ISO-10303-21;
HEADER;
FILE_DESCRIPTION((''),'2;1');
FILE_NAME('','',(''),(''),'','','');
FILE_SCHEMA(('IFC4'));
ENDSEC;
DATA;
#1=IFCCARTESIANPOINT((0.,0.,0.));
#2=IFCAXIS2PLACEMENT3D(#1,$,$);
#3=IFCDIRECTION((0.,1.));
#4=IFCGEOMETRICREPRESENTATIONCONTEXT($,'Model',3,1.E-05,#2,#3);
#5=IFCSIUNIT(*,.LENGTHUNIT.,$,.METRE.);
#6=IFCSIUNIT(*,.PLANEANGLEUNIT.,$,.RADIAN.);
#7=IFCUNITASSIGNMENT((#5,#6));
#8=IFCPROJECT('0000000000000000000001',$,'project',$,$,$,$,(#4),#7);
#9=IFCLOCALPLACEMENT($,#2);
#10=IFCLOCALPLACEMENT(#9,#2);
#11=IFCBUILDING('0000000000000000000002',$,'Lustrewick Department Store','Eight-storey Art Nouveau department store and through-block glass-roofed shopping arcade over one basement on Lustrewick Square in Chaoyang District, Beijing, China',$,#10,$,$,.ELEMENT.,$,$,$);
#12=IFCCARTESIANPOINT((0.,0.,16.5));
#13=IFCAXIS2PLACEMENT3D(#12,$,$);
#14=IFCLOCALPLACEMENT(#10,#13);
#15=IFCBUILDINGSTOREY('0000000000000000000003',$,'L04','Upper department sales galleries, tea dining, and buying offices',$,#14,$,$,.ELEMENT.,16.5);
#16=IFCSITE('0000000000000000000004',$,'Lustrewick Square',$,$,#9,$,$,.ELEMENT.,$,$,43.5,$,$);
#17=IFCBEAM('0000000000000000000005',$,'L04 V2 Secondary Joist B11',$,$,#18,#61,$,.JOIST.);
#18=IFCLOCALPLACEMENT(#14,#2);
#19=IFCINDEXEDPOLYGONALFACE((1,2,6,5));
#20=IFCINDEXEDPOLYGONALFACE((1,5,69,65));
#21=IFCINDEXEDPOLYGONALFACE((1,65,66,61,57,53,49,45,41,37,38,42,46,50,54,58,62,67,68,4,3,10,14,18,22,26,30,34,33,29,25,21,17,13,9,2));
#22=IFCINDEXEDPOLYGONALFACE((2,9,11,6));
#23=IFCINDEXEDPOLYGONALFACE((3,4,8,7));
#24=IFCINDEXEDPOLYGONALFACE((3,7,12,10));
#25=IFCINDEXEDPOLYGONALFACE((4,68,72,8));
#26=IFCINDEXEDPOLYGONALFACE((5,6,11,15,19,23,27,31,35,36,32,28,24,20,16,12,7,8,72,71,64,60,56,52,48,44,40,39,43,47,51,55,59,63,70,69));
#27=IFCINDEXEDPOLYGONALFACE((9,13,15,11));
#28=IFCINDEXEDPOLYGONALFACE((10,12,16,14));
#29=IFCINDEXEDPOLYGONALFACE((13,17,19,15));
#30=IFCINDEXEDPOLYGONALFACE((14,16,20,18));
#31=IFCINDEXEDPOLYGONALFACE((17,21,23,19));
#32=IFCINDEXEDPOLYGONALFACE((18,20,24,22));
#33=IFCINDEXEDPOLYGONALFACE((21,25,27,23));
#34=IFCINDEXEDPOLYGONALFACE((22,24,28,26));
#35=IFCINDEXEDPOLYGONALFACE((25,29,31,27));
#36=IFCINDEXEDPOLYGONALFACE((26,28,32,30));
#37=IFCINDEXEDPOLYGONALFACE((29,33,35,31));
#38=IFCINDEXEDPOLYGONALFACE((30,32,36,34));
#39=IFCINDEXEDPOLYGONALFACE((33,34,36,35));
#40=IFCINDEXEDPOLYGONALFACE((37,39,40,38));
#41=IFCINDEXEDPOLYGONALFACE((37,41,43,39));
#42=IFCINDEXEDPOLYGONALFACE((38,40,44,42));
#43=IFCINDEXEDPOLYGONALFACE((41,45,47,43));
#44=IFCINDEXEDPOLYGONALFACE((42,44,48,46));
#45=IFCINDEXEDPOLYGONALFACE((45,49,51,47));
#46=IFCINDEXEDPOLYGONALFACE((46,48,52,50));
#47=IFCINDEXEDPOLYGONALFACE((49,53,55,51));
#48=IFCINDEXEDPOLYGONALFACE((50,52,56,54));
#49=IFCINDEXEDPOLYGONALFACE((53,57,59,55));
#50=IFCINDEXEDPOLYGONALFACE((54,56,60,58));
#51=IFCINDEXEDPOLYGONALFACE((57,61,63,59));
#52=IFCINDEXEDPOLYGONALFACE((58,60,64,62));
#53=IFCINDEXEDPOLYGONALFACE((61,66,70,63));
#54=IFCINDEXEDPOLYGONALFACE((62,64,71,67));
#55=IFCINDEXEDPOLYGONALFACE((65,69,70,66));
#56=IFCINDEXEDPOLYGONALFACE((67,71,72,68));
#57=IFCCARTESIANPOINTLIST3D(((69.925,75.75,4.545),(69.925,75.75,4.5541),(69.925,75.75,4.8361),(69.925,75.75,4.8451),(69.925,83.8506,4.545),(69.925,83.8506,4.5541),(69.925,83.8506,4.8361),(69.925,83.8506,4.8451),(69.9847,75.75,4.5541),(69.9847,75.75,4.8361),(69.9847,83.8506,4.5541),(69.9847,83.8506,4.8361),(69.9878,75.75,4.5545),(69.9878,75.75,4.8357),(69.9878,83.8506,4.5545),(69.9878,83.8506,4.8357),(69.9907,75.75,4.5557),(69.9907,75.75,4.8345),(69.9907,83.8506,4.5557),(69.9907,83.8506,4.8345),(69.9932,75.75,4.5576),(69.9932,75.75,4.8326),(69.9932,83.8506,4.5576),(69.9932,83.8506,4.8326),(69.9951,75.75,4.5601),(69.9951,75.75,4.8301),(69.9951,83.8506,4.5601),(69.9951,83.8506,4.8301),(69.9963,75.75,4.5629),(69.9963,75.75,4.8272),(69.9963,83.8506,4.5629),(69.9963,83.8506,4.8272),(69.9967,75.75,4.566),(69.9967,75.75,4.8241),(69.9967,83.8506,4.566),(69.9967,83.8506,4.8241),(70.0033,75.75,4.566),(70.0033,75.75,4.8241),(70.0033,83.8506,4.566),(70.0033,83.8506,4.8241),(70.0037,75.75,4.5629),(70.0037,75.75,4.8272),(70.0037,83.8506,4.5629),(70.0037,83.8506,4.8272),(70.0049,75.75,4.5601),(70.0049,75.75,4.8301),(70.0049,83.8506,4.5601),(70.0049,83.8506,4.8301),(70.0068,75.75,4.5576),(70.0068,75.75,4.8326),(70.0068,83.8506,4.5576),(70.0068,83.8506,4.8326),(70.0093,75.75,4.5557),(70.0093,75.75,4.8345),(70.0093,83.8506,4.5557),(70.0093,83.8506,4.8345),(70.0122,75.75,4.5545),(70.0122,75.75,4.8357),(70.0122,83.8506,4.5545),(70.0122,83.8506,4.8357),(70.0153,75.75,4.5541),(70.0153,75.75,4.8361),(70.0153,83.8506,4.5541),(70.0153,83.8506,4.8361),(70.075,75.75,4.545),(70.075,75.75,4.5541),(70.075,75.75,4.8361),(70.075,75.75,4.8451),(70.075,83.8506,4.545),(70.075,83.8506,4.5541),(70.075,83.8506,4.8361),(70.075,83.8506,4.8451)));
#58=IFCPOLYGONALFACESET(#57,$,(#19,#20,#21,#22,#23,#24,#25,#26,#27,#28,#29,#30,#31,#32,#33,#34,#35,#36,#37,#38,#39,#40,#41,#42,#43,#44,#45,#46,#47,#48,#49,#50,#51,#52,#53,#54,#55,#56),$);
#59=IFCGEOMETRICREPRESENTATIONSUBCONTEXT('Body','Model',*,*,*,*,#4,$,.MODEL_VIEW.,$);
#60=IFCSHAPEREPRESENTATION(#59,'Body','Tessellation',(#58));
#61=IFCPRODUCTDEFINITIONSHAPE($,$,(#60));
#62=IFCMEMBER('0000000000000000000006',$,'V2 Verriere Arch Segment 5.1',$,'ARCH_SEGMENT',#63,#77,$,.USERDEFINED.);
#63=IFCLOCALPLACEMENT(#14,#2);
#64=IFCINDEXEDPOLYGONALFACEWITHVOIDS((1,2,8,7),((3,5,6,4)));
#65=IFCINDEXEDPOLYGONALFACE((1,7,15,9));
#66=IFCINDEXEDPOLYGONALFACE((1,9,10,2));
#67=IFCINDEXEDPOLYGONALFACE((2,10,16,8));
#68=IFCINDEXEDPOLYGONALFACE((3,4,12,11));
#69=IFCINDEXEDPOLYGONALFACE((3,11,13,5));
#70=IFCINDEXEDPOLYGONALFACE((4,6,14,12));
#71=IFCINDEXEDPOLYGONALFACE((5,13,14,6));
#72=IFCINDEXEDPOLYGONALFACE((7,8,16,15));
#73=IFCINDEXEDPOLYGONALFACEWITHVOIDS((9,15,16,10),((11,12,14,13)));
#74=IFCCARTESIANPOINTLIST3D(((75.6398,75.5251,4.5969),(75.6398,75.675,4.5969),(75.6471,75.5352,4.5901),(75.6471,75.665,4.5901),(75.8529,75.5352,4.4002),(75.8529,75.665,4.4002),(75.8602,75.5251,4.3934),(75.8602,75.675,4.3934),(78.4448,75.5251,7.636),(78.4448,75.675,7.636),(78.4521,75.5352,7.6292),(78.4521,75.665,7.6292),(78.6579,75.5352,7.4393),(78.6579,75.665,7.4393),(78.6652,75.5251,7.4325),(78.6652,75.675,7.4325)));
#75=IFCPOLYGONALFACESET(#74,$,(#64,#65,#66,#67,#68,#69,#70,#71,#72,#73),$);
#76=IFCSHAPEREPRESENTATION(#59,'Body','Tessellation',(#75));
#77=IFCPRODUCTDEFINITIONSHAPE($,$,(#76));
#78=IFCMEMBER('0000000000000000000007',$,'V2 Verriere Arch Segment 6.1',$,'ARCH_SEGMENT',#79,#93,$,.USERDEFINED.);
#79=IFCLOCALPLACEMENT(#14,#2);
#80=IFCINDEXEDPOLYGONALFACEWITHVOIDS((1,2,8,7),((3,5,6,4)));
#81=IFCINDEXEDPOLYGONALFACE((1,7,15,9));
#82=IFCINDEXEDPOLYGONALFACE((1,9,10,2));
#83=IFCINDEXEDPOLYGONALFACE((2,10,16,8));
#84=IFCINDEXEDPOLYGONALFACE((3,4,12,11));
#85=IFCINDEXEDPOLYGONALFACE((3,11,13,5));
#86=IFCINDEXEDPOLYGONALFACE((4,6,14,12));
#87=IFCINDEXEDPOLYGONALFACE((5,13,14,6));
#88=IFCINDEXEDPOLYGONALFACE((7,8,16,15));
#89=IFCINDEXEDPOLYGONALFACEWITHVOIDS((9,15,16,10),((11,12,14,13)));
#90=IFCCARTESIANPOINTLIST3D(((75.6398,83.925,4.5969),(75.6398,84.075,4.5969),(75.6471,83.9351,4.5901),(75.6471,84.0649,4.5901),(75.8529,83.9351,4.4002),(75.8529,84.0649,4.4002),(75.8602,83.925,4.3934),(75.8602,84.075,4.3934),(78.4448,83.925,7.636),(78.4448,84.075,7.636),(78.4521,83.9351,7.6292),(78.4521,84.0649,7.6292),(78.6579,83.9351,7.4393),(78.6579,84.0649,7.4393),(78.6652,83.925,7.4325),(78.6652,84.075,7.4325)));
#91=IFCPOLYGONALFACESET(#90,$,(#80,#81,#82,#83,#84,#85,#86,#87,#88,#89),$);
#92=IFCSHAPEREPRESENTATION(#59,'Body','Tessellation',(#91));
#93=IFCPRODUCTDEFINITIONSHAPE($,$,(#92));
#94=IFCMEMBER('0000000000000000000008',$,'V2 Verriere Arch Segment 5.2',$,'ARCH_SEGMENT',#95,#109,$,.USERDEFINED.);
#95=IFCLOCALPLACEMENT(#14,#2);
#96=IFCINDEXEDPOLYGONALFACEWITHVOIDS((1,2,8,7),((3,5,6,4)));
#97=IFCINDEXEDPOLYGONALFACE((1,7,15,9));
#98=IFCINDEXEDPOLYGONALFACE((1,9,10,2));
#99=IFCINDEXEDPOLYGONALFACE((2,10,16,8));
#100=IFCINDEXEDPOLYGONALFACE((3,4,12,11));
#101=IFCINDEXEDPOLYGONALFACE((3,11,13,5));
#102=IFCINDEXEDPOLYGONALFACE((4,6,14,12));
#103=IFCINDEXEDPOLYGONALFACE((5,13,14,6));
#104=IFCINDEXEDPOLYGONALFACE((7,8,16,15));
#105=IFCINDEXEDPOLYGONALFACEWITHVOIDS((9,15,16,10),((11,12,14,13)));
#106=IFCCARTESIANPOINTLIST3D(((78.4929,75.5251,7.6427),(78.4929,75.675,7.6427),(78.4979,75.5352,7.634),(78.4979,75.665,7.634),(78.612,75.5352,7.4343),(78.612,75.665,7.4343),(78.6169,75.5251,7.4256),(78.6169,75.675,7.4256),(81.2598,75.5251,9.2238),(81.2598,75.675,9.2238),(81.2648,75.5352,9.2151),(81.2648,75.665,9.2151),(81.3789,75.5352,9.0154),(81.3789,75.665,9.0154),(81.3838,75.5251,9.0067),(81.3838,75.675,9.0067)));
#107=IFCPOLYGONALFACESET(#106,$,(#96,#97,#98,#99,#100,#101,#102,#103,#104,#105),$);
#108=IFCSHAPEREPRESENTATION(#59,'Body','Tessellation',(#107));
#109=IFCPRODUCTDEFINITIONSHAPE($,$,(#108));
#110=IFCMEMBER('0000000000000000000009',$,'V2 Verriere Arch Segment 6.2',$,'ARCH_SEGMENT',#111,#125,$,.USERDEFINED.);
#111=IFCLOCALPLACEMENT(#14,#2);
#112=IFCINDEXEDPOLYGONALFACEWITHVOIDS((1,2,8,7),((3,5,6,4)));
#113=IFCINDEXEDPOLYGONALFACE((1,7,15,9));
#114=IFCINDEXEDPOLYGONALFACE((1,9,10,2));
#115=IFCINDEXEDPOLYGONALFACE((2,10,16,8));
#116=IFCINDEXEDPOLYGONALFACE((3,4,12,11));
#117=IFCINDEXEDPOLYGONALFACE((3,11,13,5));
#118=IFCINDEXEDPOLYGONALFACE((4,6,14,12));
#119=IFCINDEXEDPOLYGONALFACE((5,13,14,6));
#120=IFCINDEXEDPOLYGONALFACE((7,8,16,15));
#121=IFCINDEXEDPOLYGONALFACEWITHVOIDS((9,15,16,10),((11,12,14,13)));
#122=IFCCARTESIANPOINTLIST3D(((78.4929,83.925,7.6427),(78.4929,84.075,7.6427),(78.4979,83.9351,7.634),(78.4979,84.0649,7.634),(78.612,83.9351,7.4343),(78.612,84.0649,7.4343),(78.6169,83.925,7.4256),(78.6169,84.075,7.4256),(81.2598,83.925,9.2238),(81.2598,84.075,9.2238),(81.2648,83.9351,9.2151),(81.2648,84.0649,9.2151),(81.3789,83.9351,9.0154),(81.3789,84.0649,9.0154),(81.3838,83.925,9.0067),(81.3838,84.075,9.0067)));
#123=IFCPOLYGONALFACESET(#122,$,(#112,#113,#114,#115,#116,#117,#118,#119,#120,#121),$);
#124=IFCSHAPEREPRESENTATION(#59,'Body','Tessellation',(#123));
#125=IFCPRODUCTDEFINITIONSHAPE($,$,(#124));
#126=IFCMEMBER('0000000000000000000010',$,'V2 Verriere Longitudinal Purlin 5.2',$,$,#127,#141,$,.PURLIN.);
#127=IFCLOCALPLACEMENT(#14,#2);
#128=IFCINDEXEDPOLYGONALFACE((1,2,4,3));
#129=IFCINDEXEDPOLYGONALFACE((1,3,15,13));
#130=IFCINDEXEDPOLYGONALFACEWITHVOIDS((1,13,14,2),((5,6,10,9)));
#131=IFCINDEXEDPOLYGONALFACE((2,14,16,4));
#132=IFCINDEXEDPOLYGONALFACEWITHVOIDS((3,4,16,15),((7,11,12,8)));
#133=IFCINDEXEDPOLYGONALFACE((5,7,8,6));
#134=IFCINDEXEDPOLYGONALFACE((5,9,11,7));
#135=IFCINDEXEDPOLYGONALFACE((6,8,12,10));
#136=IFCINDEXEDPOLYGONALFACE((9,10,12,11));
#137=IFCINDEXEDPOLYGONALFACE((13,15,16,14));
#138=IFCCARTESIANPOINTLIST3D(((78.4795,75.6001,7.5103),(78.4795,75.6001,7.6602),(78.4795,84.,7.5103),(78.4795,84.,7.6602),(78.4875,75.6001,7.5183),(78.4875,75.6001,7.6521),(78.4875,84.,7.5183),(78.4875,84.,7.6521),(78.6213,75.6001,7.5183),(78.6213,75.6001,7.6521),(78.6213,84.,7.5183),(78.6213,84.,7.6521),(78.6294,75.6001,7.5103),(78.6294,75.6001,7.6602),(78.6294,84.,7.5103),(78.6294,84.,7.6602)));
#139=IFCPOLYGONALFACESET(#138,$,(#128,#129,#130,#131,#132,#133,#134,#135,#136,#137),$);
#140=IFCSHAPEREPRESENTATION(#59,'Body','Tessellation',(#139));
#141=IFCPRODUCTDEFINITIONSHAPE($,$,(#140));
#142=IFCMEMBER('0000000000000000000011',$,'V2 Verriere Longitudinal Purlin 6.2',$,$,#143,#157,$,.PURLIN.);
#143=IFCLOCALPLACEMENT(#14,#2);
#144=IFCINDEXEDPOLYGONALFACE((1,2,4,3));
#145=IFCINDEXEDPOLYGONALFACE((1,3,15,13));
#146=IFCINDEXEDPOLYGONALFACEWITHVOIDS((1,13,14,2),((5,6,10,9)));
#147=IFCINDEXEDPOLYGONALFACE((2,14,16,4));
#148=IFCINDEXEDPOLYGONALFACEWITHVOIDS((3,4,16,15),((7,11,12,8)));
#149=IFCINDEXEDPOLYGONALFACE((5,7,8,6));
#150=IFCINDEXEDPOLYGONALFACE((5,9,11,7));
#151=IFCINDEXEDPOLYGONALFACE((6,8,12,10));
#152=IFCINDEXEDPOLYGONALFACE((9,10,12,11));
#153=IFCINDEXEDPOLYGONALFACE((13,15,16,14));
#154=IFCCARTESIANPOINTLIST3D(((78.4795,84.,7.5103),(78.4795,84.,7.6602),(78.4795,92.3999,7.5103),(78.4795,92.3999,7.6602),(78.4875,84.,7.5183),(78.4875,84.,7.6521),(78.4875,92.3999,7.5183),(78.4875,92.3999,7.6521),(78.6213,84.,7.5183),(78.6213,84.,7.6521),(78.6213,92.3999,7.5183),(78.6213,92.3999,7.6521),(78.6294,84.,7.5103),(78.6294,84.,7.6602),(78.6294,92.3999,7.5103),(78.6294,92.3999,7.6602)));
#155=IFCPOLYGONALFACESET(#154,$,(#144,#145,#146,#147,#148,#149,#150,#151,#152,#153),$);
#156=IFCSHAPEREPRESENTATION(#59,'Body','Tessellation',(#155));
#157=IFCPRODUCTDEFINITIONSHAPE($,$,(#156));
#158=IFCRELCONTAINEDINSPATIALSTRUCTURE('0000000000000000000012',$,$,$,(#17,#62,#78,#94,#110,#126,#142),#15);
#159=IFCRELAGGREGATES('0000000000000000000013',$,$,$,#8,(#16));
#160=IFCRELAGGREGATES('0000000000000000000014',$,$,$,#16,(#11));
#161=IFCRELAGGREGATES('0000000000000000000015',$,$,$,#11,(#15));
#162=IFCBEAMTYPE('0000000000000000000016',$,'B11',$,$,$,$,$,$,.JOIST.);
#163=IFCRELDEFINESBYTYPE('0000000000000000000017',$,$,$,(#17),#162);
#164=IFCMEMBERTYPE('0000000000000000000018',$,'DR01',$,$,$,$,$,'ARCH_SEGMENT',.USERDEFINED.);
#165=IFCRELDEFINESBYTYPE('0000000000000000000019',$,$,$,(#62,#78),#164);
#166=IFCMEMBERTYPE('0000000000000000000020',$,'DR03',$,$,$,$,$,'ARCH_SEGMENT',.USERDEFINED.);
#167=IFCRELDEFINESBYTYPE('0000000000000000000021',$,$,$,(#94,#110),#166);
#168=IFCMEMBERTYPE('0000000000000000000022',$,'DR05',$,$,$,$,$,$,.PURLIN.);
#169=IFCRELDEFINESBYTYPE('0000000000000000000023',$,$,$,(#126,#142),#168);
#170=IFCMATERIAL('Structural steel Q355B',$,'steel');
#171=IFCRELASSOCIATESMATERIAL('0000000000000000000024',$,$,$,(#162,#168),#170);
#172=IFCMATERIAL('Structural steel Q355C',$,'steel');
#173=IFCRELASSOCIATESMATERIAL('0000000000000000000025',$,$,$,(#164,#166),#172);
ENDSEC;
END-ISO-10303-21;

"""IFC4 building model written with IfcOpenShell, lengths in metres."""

from ifc_helpers import new_model, si_unit, direction, frame, origin, origin_2d, place, context, subcontext, project, spatial, hollow_rectangle, i_section, extrude, material, material_profile, profile_set, type_object, element, save


model = new_model("IFC4")

# Units and contexts
model_context = context("Model", 3, precision=1e-05, world=origin(), true_north=direction((0.0, 1.0)))
body_context = subcontext(model_context, "Body", "Model", "MODEL_VIEW")
ifc_project = project(units=[si_unit("LENGTHUNIT", "METRE"), si_unit("PLANEANGLEUNIT", "RADIAN")], contexts=[model_context])

# Site, building, storey
site_placement = place(None, origin())
site = spatial("IfcSite", under=ifc_project, at=site_placement, Name="Lustrewick Square", CompositionType="ELEMENT", RefElevation=43.5)
building_placement = place(site_placement, origin())
building = spatial("IfcBuilding", under=site, at=building_placement, Name="Lustrewick Department Store", Description="Eight-storey Art Nouveau department store and through-block glass-roofed shopping arcade over one basement on Lustrewick Square in Chaoyang District, Beijing, China", CompositionType="ELEMENT")
storey_placement = place(building_placement, frame((0.0, 0.0, 16.5)))
storey = spatial("IfcBuildingStorey", under=building, at=storey_placement, Name="L04", Description="Upper department sales galleries, tea dining, and buying offices", CompositionType="ELEMENT", Elevation=16.5)

# Shared definitions
ifc_material_1 = material(Name="Structural steel Q355C", Category="steel")
ifc_material_2 = material(Name="Structural steel Q355B", Category="steel")

# Beam
ifc_material_profile_1 = material_profile(ifc_material_2, i_section(OverallWidth=0.1499, OverallDepth=0.3, WebThickness=0.0066, FlangeThickness=0.009, FilletRadius=0.012, at=origin_2d()), Name="HN 300x150x6.5x9")
ifc_profile_set_1 = profile_set([ifc_material_profile_1], Name="Structural steel Q355B")
beam_type_1 = type_object("IfcBeamType", Name="B11", PredefinedType="JOIST", material=ifc_profile_set_1)
beam_1_placement = place(storey_placement, frame((70.0, 75.75, 4.6951), z_axis=(0.0, 1.0, 0.0), x_axis=(-1.0, 0.0, 0.0)))
element("IfcBeam", 1, at=beam_1_placement, inside=storey, type_object=beam_type_1, Name="L04 V2 Secondary Joist B11", PredefinedType="JOIST", context=body_context, shape_type="SweptSolid", body=[
    extrude(i_section(OverallWidth=0.1499, OverallDepth=0.3, WebThickness=0.0066, FlangeThickness=0.009, FilletRadius=0.012, at=origin_2d()), origin(), (0.0, 0.0, 1.0), 8.1006),
])

# Members
ifc_material_profile_2 = material_profile(ifc_material_1, hollow_rectangle(XDim=0.1499, YDim=0.3, WallThickness=0.01, at=origin_2d()), Name="RHS 300x150x10")
ifc_profile_set_2 = profile_set([ifc_material_profile_2], Name="Structural steel Q355C")
member_type_1 = type_object("IfcMemberType", Name="DR01", ElementType="ARCH_SEGMENT", PredefinedType="USERDEFINED", material=ifc_profile_set_2)
for number, where, z_axis, x_axis, name in (
    (2, (75.75, 75.6001, 4.4951), (0.678234, 0.0, 0.734846), (0.0, 1.0, 0.0), "V2 Verriere Arch Segment 5.1"),
    (3, (75.75, 84.0, 4.4951), (0.678234, 0.0, 0.734846), (0.0, 1.0, 0.0), "V2 Verriere Arch Segment 6.1"),
):
    element("IfcMember", number, at=place(storey_placement, frame(where, z_axis=z_axis, x_axis=x_axis)), inside=storey, type_object=member_type_1, Name=name, ObjectType="ARCH_SEGMENT", PredefinedType="USERDEFINED", context=body_context, shape_type="SweptSolid", body=[
        extrude(hollow_rectangle(XDim=0.1499, YDim=0.3, WallThickness=0.01, at=origin_2d()), origin(), (0.0, 0.0, 1.0), 4.1357),
    ])
ifc_material_profile_3 = material_profile(ifc_material_1, hollow_rectangle(XDim=0.1499, YDim=0.25, WallThickness=0.01, at=origin_2d()), Name="RHS 250x150x10")
ifc_profile_set_3 = profile_set([ifc_material_profile_3], Name="Structural steel Q355C")
member_type_2 = type_object("IfcMemberType", Name="DR03", ElementType="ARCH_SEGMENT", PredefinedType="USERDEFINED", material=ifc_profile_set_3)
for number, where, z_axis, x_axis, name in (
    (4, (78.5549, 75.6001, 7.5342), (0.868243, 0.0, 0.496139), (0.0, 1.0, 0.0), "V2 Verriere Arch Segment 5.2"),
    (5, (78.5549, 84.0, 7.5342), (0.868243, 0.0, 0.496139), (0.0, 1.0, 0.0), "V2 Verriere Arch Segment 6.2"),
):
    element("IfcMember", number, at=place(storey_placement, frame(where, z_axis=z_axis, x_axis=x_axis)), inside=storey, type_object=member_type_2, Name=name, ObjectType="ARCH_SEGMENT", PredefinedType="USERDEFINED", context=body_context, shape_type="SweptSolid", body=[
        extrude(hollow_rectangle(XDim=0.1499, YDim=0.25, WallThickness=0.01, at=origin_2d()), origin(), (0.0, 0.0, 1.0), 3.1868),
    ])
ifc_material_profile_4 = material_profile(ifc_material_2, hollow_rectangle(XDim=0.1499, YDim=0.1499, WallThickness=0.0081, at=origin_2d()), Name="SHS 150x150x8")
ifc_profile_set_4 = profile_set([ifc_material_profile_4], Name="Structural steel Q355B")
member_type_3 = type_object("IfcMemberType", Name="DR05", PredefinedType="PURLIN", material=ifc_profile_set_4)
for number, where, z_axis, x_axis, name in (
    (6, (78.5544, 75.6001, 7.5852), (0.0, 1.0, 0.0), (-1.0, 0.0, 0.0), "V2 Verriere Longitudinal Purlin 5.2"),
    (7, (78.5544, 84.0, 7.5852), (0.0, 1.0, 0.0), (-1.0, 0.0, 0.0), "V2 Verriere Longitudinal Purlin 6.2"),
):
    element("IfcMember", number, at=place(storey_placement, frame(where, z_axis=z_axis, x_axis=x_axis)), inside=storey, type_object=member_type_3, Name=name, PredefinedType="PURLIN", context=body_context, shape_type="SweptSolid", body=[
        extrude(hollow_rectangle(XDim=0.1499, YDim=0.1499, WallThickness=0.0081, at=origin_2d()), origin(), (0.0, 0.0, 1.0), 8.3999),
    ])

save(model, "model.ifc")
